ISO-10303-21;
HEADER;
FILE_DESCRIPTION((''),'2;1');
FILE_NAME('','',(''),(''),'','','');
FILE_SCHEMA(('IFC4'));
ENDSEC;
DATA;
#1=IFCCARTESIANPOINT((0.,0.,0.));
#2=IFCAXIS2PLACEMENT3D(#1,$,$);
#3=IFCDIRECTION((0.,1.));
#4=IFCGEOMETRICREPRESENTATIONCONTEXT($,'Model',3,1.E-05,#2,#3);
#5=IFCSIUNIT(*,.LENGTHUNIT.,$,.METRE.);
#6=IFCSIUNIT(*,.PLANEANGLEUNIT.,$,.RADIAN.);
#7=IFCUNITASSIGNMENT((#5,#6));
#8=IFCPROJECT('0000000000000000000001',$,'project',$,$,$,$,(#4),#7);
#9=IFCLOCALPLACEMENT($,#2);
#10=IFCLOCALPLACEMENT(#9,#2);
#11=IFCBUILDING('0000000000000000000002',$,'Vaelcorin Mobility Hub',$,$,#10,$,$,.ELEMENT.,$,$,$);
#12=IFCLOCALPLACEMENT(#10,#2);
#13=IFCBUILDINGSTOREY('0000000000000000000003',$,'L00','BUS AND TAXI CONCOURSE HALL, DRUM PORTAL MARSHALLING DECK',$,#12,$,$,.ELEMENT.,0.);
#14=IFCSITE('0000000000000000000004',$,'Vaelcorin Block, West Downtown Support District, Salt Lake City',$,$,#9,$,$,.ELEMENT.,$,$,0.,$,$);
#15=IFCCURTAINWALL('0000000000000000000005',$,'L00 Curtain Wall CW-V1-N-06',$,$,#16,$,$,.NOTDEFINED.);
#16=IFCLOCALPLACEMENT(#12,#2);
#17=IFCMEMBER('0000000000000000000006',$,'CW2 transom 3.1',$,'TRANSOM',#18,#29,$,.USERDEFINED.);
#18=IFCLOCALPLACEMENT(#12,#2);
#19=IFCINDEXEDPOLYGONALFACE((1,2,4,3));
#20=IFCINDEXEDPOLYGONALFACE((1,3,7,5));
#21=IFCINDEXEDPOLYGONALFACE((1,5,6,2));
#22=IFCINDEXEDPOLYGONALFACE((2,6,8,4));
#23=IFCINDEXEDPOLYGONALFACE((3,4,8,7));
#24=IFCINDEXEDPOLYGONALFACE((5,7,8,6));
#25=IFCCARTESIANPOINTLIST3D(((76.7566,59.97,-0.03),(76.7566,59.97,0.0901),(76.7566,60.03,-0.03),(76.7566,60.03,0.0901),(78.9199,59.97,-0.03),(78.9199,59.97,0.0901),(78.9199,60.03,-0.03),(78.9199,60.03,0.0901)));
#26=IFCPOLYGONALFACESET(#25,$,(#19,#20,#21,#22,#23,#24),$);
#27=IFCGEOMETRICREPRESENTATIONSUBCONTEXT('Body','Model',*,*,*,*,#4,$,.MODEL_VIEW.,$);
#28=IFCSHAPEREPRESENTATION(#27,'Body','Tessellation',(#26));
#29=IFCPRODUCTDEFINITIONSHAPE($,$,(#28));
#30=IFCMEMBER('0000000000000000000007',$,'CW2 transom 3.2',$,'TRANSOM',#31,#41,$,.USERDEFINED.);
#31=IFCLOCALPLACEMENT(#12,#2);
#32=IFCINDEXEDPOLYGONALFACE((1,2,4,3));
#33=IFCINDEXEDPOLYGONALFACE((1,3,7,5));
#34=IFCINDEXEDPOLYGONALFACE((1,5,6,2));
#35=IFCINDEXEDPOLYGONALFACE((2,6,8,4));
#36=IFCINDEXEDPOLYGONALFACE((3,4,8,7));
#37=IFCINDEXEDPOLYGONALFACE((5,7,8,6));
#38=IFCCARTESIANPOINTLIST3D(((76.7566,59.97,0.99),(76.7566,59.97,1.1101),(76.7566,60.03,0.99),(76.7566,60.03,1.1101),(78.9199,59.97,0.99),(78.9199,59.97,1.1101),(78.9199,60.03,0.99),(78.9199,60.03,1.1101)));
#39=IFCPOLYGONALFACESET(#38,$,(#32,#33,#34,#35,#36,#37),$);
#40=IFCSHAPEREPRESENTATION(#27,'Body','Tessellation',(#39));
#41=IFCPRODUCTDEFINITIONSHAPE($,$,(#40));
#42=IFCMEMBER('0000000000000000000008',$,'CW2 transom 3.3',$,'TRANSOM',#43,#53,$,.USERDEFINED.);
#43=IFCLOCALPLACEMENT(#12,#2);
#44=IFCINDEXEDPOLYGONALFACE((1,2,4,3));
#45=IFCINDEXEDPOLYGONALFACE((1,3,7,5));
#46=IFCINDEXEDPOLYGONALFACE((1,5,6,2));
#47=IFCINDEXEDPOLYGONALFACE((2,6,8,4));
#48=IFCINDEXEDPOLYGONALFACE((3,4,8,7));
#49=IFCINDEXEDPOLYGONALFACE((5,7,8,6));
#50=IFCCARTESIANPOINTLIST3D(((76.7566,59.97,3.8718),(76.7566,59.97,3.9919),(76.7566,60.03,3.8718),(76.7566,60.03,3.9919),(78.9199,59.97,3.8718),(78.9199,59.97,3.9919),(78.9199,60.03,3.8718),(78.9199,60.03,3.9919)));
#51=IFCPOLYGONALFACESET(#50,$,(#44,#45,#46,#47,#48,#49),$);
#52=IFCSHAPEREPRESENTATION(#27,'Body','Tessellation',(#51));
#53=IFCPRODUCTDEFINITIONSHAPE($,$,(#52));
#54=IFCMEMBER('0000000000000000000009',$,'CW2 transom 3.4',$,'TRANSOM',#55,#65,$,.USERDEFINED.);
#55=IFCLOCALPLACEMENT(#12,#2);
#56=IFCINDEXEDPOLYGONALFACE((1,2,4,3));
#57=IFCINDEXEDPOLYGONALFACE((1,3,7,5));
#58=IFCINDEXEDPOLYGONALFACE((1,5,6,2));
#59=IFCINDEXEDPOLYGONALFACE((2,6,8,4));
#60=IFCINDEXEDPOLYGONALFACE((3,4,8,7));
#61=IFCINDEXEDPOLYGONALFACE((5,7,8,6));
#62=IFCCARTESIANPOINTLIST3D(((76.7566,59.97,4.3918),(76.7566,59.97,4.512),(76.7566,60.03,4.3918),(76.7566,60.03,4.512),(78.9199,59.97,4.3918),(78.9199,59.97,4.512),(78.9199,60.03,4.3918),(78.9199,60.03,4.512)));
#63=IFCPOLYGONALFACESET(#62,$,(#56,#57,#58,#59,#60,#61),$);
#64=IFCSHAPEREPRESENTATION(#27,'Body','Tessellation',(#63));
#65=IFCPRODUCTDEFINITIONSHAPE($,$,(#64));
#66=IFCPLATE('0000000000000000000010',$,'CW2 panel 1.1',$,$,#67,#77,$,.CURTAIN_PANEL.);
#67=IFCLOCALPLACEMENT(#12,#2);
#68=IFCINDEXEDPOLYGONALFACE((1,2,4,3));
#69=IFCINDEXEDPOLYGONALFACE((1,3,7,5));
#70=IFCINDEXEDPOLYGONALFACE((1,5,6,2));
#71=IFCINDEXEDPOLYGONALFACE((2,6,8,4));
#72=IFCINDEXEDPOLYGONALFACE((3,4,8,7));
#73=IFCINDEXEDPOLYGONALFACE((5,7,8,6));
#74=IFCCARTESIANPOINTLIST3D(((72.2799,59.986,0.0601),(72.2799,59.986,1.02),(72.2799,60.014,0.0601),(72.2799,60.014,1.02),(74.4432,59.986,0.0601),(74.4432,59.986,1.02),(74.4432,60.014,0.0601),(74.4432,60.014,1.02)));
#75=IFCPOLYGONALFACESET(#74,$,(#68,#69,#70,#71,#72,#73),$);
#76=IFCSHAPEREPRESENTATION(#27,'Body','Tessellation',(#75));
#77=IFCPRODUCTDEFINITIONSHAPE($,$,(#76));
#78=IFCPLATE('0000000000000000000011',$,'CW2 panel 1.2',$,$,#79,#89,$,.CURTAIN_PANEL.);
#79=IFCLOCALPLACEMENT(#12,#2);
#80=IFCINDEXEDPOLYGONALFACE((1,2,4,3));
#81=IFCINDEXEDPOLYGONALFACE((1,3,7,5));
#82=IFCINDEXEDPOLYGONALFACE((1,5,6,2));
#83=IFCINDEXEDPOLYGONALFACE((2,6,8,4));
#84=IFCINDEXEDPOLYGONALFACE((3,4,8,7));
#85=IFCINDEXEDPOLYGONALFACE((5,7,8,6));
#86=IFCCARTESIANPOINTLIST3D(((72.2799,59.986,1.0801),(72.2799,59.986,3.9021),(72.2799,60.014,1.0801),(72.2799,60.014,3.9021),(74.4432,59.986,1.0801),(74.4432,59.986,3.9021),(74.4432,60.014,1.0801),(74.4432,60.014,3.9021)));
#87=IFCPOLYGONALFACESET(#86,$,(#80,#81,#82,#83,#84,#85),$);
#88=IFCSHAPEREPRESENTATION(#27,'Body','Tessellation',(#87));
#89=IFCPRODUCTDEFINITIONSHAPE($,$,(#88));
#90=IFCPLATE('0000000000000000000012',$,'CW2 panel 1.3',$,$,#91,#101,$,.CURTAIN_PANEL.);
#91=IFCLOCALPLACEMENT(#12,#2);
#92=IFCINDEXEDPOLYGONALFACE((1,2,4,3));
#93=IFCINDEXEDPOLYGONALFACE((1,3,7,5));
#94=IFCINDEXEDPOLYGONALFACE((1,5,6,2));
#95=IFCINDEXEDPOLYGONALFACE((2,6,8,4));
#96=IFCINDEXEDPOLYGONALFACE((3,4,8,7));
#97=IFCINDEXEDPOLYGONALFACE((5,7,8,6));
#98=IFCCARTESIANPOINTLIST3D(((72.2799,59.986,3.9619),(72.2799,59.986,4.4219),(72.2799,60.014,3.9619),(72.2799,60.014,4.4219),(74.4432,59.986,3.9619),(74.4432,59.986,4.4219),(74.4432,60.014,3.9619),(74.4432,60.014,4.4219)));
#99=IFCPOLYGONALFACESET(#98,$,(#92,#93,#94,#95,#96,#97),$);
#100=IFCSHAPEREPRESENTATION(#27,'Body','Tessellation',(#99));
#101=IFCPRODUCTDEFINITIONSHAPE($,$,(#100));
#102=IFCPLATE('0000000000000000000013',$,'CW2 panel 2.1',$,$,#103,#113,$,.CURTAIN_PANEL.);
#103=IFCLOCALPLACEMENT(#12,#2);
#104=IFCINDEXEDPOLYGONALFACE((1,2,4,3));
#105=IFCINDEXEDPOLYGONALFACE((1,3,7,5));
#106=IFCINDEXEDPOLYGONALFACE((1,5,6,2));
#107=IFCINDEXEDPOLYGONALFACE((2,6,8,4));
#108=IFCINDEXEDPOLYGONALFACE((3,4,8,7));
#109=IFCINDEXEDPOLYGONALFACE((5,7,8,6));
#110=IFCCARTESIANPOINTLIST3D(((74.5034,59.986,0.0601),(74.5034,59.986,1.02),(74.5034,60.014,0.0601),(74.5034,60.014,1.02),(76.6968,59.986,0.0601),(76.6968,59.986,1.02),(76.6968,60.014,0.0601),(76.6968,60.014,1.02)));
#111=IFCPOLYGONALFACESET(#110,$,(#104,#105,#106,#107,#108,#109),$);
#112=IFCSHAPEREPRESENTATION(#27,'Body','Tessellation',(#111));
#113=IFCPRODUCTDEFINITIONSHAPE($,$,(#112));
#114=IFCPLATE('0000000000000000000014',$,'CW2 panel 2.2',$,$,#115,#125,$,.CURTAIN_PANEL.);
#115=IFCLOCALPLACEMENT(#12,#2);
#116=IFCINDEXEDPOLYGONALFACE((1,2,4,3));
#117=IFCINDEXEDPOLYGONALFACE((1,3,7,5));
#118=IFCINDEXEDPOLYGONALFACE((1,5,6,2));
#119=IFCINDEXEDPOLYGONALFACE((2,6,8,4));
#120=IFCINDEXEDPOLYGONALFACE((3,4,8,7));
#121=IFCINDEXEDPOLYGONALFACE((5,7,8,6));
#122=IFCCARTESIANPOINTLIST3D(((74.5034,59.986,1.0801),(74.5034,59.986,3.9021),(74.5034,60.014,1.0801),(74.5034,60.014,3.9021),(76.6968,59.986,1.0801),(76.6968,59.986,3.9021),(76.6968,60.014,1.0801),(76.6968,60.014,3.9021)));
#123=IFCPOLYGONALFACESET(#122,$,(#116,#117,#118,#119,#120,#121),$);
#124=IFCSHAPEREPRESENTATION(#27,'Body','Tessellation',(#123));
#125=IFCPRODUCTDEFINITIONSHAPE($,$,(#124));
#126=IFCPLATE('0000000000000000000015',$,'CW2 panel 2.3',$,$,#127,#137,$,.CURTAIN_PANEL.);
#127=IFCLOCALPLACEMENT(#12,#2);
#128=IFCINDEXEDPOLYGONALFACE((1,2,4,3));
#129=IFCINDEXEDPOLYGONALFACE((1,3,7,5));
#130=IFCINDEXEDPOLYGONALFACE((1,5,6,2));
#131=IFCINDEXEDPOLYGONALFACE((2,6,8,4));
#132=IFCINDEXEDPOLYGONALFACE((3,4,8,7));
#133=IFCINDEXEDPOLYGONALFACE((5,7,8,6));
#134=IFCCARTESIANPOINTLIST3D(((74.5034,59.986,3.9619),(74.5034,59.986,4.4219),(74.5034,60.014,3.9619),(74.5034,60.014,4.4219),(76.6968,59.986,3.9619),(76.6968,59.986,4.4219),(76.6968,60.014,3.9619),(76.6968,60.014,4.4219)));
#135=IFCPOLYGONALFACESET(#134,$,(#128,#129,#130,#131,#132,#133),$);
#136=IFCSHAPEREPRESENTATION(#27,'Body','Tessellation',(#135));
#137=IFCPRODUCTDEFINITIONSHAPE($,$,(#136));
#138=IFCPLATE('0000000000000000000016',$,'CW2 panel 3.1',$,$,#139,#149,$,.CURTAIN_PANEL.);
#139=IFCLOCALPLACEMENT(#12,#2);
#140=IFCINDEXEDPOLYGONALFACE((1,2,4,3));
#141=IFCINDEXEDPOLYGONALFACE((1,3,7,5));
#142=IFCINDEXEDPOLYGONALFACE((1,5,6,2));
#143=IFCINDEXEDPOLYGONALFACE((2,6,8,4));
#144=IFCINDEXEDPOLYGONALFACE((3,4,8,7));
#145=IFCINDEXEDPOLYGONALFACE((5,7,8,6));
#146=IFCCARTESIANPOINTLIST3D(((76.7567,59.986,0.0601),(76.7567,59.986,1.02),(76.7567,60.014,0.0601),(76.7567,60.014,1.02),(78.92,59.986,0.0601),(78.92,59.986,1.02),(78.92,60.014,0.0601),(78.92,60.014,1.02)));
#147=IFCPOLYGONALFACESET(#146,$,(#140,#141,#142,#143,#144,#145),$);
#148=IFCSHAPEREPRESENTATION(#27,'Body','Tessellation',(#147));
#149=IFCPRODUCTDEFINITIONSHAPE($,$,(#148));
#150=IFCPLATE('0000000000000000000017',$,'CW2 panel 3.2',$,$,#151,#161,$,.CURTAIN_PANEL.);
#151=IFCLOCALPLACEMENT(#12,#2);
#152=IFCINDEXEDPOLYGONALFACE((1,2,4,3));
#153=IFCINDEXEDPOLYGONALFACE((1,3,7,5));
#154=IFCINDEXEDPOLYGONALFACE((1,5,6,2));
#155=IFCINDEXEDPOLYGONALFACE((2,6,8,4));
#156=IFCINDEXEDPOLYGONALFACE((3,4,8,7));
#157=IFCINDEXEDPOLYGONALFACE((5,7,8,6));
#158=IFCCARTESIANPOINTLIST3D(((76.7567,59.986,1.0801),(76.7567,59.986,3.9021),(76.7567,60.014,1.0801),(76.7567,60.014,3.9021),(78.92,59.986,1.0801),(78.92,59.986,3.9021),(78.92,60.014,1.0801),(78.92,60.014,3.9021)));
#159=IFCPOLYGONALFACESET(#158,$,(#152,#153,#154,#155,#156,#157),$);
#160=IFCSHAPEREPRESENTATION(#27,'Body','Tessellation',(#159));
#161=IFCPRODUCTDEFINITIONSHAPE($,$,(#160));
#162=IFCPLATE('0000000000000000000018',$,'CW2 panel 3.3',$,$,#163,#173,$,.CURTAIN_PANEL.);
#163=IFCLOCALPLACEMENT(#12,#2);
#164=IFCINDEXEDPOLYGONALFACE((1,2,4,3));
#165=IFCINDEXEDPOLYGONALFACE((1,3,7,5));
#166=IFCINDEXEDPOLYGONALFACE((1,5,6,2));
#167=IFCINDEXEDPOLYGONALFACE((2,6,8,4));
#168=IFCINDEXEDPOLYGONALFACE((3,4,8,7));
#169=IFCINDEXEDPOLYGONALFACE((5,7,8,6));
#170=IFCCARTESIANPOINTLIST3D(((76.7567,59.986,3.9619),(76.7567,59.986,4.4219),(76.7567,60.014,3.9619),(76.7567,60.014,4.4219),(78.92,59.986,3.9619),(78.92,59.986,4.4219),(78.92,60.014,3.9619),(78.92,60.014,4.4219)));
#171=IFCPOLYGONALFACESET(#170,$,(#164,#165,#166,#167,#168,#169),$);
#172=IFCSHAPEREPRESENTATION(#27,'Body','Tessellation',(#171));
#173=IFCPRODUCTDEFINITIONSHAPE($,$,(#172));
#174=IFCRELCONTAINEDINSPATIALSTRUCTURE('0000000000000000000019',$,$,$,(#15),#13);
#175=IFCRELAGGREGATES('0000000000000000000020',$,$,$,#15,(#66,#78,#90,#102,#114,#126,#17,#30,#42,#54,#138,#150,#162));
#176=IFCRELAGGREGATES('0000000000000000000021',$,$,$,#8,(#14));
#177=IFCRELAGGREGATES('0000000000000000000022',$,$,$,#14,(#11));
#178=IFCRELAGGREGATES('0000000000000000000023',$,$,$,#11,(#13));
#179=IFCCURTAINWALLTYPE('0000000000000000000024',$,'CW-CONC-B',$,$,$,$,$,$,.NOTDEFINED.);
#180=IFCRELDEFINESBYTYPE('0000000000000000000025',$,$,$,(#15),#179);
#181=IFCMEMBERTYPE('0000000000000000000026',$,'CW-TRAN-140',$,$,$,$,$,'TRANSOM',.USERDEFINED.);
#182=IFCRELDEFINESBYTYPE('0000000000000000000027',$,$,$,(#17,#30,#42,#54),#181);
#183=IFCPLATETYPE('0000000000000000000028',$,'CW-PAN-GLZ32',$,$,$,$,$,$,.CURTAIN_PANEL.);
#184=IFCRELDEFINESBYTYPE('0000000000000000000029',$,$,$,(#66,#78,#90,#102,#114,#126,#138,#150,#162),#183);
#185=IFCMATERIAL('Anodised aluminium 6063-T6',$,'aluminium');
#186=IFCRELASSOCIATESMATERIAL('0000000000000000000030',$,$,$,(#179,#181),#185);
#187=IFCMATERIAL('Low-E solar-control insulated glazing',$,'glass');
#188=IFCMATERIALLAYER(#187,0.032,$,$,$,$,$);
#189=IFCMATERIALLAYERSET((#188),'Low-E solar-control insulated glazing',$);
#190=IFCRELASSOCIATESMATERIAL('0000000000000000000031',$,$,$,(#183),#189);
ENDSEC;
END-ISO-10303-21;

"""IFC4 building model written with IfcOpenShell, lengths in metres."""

from ifc_helpers import new_model, si_unit, direction, frame, origin, origin_2d, place, context, subcontext, project, spatial, rectangle, extrude, material, layer, layer_set, material_profile, profile_set, type_object, element, aggregate, save


model = new_model("IFC4")

# Units and contexts
model_context = context("Model", 3, precision=1e-05, world=origin(), true_north=direction((0.0, 1.0)))
body_context = subcontext(model_context, "Body", "Model", "MODEL_VIEW")
ifc_project = project(units=[si_unit("LENGTHUNIT", "METRE"), si_unit("PLANEANGLEUNIT", "RADIAN")], contexts=[model_context])

# Site, building, storey
site_placement = place(None, origin())
site = spatial("IfcSite", under=ifc_project, at=site_placement, Name="Vaelcorin Block, West Downtown Support District, Salt Lake City", CompositionType="ELEMENT", RefElevation=0.0)
building_placement = place(site_placement, origin())
building = spatial("IfcBuilding", under=site, at=building_placement, Name="Vaelcorin Mobility Hub", CompositionType="ELEMENT")
storey_placement = place(building_placement, origin())
storey = spatial("IfcBuildingStorey", under=building, at=storey_placement, Name="L00", Description="BUS AND TAXI CONCOURSE HALL, DRUM PORTAL MARSHALLING DECK", CompositionType="ELEMENT", Elevation=0.0)

# Curtain wall, members, plates
ifc_material_1 = material(Name="Anodised aluminium 6063-T6", Category="aluminium")
curtain_wall_type = type_object("IfcCurtainWallType", Name="CW-CONC-B", PredefinedType="NOTDEFINED", material=ifc_material_1)
curtain_wall_placement = place(storey_placement, origin())
curtain_wall = element("IfcCurtainWall", 1, at=curtain_wall_placement, inside=storey, type_object=curtain_wall_type, Name="L00 Curtain Wall CW-V1-N-06", PredefinedType="NOTDEFINED")
ifc_material_profile_1 = material_profile(ifc_material_1, rectangle(XDim=0.0601, YDim=0.1201, at=origin_2d()), Name="ALU-T60X120")
ifc_profile_set_1 = profile_set([ifc_material_profile_1], Name="Anodised aluminium 6063-T6")
member_type_1 = type_object("IfcMemberType", Name="CW-TRAN-140", ElementType="TRANSOM", PredefinedType="USERDEFINED", material=ifc_profile_set_1)
member_1_placement = place(storey_placement, frame((76.7566, 60.0, 0.03), z_axis=(1.0, 0.0, 0.0), x_axis=(0.0, 1.0, 0.0)))
member_1 = element("IfcMember", 2, at=member_1_placement, type_object=member_type_1, Name="CW2 transom 3.1", ObjectType="TRANSOM", PredefinedType="USERDEFINED", context=body_context, shape_type="SweptSolid", body=[
    extrude(rectangle(XDim=0.0601, YDim=0.1201, at=origin_2d()), origin(), (0.0, 0.0, 1.0), 2.1633),
])
member_2_placement = place(storey_placement, frame((76.7566, 60.0, 1.05), z_axis=(1.0, 0.0, 0.0), x_axis=(0.0, 1.0, 0.0)))
member_2 = element("IfcMember", 3, at=member_2_placement, type_object=member_type_1, Name="CW2 transom 3.2", ObjectType="TRANSOM", PredefinedType="USERDEFINED", context=body_context, shape_type="SweptSolid", body=[
    extrude(rectangle(XDim=0.0601, YDim=0.1201, at=origin_2d()), origin(), (0.0, 0.0, 1.0), 2.1633),
])
member_3_placement = place(storey_placement, frame((76.7566, 60.0, 3.9319), z_axis=(1.0, 0.0, 0.0), x_axis=(0.0, 1.0, 0.0)))
member_3 = element("IfcMember", 4, at=member_3_placement, type_object=member_type_1, Name="CW2 transom 3.3", ObjectType="TRANSOM", PredefinedType="USERDEFINED", context=body_context, shape_type="SweptSolid", body=[
    extrude(rectangle(XDim=0.0601, YDim=0.1201, at=origin_2d()), origin(), (0.0, 0.0, 1.0), 2.1633),
])
member_4_placement = place(storey_placement, frame((76.7566, 60.0, 4.4519), z_axis=(1.0, 0.0, 0.0), x_axis=(0.0, 1.0, 0.0)))
member_4 = element("IfcMember", 5, at=member_4_placement, type_object=member_type_1, Name="CW2 transom 3.4", ObjectType="TRANSOM", PredefinedType="USERDEFINED", context=body_context, shape_type="SweptSolid", body=[
    extrude(rectangle(XDim=0.0601, YDim=0.1201, at=origin_2d()), origin(), (0.0, 0.0, 1.0), 2.1633),
])
ifc_material_2 = material(Name="Low-E solar-control insulated glazing", Category="glass")
ifc_layer = layer(ifc_material_2, 0.032)
ifc_layer_set = layer_set([ifc_layer], Name="Low-E solar-control insulated glazing")
plate_type = type_object("IfcPlateType", Name="CW-PAN-GLZ32", PredefinedType="CURTAIN_PANEL", material=ifc_layer_set)
plate_1_placement = place(storey_placement, frame((73.3616, 60.0, 0.0601), z_axis=(0.0, 0.0, 1.0), x_axis=(1.0, 0.0, 0.0)))
plate_1 = element("IfcPlate", 6, at=plate_1_placement, type_object=plate_type, Name="CW2 panel 1.1", PredefinedType="CURTAIN_PANEL", context=body_context, shape_type="SweptSolid", body=[
    extrude(rectangle(XDim=2.1633, YDim=0.0281, at=origin_2d()), origin(), (0.0, 0.0, 1.0), 0.96),
])
plate_2_placement = place(storey_placement, frame((73.3616, 60.0, 1.0801), z_axis=(0.0, 0.0, 1.0), x_axis=(1.0, 0.0, 0.0)))
plate_2 = element("IfcPlate", 7, at=plate_2_placement, type_object=plate_type, Name="CW2 panel 1.2", PredefinedType="CURTAIN_PANEL", context=body_context, shape_type="SweptSolid", body=[
    extrude(rectangle(XDim=2.1633, YDim=0.0281, at=origin_2d()), origin(), (0.0, 0.0, 1.0), 2.822),
])
plate_3_placement = place(storey_placement, frame((73.3616, 60.0, 3.9619), z_axis=(0.0, 0.0, 1.0), x_axis=(1.0, 0.0, 0.0)))
plate_3 = element("IfcPlate", 8, at=plate_3_placement, type_object=plate_type, Name="CW2 panel 1.3", PredefinedType="CURTAIN_PANEL", context=body_context, shape_type="SweptSolid", body=[
    extrude(rectangle(XDim=2.1633, YDim=0.0281, at=origin_2d()), origin(), (0.0, 0.0, 1.0), 0.46),
])
plate_4_placement = place(storey_placement, frame((75.6001, 60.0, 0.0601), z_axis=(0.0, 0.0, 1.0), x_axis=(1.0, 0.0, 0.0)))
plate_4 = element("IfcPlate", 9, at=plate_4_placement, type_object=plate_type, Name="CW2 panel 2.1", PredefinedType="CURTAIN_PANEL", context=body_context, shape_type="SweptSolid", body=[
    extrude(rectangle(XDim=2.1934, YDim=0.0281, at=origin_2d()), origin(), (0.0, 0.0, 1.0), 0.96),
])
plate_5_placement = place(storey_placement, frame((75.6001, 60.0, 1.0801), z_axis=(0.0, 0.0, 1.0), x_axis=(1.0, 0.0, 0.0)))
plate_5 = element("IfcPlate", 10, at=plate_5_placement, type_object=plate_type, Name="CW2 panel 2.2", PredefinedType="CURTAIN_PANEL", context=body_context, shape_type="SweptSolid", body=[
    extrude(rectangle(XDim=2.1934, YDim=0.0281, at=origin_2d()), origin(), (0.0, 0.0, 1.0), 2.822),
])
plate_6_placement = place(storey_placement, frame((75.6001, 60.0, 3.9619), z_axis=(0.0, 0.0, 1.0), x_axis=(1.0, 0.0, 0.0)))
plate_6 = element("IfcPlate", 11, at=plate_6_placement, type_object=plate_type, Name="CW2 panel 2.3", PredefinedType="CURTAIN_PANEL", context=body_context, shape_type="SweptSolid", body=[
    extrude(rectangle(XDim=2.1934, YDim=0.0281, at=origin_2d()), origin(), (0.0, 0.0, 1.0), 0.46),
])
plate_7_placement = place(storey_placement, frame((77.8384, 60.0, 0.0601), z_axis=(0.0, 0.0, 1.0), x_axis=(1.0, 0.0, 0.0)))
plate_7 = element("IfcPlate", 12, at=plate_7_placement, type_object=plate_type, Name="CW2 panel 3.1", PredefinedType="CURTAIN_PANEL", context=body_context, shape_type="SweptSolid", body=[
    extrude(rectangle(XDim=2.1633, YDim=0.0281, at=origin_2d()), origin(), (0.0, 0.0, 1.0), 0.96),
])
plate_8_placement = place(storey_placement, frame((77.8384, 60.0, 1.0801), z_axis=(0.0, 0.0, 1.0), x_axis=(1.0, 0.0, 0.0)))
plate_8 = element("IfcPlate", 13, at=plate_8_placement, type_object=plate_type, Name="CW2 panel 3.2", PredefinedType="CURTAIN_PANEL", context=body_context, shape_type="SweptSolid", body=[
    extrude(rectangle(XDim=2.1633, YDim=0.0281, at=origin_2d()), origin(), (0.0, 0.0, 1.0), 2.822),
])
plate_9_placement = place(storey_placement, frame((77.8384, 60.0, 3.9619), z_axis=(0.0, 0.0, 1.0), x_axis=(1.0, 0.0, 0.0)))
plate_9 = element("IfcPlate", 14, at=plate_9_placement, type_object=plate_type, Name="CW2 panel 3.3", PredefinedType="CURTAIN_PANEL", context=body_context, shape_type="SweptSolid", body=[
    extrude(rectangle(XDim=2.1633, YDim=0.0281, at=origin_2d()), origin(), (0.0, 0.0, 1.0), 0.46),
])
aggregate(curtain_wall, [plate_1, plate_2, plate_3, plate_4, plate_5, plate_6, member_1, member_2, member_3, member_4, plate_7, plate_8, plate_9])

save(model, "model.ifc")
